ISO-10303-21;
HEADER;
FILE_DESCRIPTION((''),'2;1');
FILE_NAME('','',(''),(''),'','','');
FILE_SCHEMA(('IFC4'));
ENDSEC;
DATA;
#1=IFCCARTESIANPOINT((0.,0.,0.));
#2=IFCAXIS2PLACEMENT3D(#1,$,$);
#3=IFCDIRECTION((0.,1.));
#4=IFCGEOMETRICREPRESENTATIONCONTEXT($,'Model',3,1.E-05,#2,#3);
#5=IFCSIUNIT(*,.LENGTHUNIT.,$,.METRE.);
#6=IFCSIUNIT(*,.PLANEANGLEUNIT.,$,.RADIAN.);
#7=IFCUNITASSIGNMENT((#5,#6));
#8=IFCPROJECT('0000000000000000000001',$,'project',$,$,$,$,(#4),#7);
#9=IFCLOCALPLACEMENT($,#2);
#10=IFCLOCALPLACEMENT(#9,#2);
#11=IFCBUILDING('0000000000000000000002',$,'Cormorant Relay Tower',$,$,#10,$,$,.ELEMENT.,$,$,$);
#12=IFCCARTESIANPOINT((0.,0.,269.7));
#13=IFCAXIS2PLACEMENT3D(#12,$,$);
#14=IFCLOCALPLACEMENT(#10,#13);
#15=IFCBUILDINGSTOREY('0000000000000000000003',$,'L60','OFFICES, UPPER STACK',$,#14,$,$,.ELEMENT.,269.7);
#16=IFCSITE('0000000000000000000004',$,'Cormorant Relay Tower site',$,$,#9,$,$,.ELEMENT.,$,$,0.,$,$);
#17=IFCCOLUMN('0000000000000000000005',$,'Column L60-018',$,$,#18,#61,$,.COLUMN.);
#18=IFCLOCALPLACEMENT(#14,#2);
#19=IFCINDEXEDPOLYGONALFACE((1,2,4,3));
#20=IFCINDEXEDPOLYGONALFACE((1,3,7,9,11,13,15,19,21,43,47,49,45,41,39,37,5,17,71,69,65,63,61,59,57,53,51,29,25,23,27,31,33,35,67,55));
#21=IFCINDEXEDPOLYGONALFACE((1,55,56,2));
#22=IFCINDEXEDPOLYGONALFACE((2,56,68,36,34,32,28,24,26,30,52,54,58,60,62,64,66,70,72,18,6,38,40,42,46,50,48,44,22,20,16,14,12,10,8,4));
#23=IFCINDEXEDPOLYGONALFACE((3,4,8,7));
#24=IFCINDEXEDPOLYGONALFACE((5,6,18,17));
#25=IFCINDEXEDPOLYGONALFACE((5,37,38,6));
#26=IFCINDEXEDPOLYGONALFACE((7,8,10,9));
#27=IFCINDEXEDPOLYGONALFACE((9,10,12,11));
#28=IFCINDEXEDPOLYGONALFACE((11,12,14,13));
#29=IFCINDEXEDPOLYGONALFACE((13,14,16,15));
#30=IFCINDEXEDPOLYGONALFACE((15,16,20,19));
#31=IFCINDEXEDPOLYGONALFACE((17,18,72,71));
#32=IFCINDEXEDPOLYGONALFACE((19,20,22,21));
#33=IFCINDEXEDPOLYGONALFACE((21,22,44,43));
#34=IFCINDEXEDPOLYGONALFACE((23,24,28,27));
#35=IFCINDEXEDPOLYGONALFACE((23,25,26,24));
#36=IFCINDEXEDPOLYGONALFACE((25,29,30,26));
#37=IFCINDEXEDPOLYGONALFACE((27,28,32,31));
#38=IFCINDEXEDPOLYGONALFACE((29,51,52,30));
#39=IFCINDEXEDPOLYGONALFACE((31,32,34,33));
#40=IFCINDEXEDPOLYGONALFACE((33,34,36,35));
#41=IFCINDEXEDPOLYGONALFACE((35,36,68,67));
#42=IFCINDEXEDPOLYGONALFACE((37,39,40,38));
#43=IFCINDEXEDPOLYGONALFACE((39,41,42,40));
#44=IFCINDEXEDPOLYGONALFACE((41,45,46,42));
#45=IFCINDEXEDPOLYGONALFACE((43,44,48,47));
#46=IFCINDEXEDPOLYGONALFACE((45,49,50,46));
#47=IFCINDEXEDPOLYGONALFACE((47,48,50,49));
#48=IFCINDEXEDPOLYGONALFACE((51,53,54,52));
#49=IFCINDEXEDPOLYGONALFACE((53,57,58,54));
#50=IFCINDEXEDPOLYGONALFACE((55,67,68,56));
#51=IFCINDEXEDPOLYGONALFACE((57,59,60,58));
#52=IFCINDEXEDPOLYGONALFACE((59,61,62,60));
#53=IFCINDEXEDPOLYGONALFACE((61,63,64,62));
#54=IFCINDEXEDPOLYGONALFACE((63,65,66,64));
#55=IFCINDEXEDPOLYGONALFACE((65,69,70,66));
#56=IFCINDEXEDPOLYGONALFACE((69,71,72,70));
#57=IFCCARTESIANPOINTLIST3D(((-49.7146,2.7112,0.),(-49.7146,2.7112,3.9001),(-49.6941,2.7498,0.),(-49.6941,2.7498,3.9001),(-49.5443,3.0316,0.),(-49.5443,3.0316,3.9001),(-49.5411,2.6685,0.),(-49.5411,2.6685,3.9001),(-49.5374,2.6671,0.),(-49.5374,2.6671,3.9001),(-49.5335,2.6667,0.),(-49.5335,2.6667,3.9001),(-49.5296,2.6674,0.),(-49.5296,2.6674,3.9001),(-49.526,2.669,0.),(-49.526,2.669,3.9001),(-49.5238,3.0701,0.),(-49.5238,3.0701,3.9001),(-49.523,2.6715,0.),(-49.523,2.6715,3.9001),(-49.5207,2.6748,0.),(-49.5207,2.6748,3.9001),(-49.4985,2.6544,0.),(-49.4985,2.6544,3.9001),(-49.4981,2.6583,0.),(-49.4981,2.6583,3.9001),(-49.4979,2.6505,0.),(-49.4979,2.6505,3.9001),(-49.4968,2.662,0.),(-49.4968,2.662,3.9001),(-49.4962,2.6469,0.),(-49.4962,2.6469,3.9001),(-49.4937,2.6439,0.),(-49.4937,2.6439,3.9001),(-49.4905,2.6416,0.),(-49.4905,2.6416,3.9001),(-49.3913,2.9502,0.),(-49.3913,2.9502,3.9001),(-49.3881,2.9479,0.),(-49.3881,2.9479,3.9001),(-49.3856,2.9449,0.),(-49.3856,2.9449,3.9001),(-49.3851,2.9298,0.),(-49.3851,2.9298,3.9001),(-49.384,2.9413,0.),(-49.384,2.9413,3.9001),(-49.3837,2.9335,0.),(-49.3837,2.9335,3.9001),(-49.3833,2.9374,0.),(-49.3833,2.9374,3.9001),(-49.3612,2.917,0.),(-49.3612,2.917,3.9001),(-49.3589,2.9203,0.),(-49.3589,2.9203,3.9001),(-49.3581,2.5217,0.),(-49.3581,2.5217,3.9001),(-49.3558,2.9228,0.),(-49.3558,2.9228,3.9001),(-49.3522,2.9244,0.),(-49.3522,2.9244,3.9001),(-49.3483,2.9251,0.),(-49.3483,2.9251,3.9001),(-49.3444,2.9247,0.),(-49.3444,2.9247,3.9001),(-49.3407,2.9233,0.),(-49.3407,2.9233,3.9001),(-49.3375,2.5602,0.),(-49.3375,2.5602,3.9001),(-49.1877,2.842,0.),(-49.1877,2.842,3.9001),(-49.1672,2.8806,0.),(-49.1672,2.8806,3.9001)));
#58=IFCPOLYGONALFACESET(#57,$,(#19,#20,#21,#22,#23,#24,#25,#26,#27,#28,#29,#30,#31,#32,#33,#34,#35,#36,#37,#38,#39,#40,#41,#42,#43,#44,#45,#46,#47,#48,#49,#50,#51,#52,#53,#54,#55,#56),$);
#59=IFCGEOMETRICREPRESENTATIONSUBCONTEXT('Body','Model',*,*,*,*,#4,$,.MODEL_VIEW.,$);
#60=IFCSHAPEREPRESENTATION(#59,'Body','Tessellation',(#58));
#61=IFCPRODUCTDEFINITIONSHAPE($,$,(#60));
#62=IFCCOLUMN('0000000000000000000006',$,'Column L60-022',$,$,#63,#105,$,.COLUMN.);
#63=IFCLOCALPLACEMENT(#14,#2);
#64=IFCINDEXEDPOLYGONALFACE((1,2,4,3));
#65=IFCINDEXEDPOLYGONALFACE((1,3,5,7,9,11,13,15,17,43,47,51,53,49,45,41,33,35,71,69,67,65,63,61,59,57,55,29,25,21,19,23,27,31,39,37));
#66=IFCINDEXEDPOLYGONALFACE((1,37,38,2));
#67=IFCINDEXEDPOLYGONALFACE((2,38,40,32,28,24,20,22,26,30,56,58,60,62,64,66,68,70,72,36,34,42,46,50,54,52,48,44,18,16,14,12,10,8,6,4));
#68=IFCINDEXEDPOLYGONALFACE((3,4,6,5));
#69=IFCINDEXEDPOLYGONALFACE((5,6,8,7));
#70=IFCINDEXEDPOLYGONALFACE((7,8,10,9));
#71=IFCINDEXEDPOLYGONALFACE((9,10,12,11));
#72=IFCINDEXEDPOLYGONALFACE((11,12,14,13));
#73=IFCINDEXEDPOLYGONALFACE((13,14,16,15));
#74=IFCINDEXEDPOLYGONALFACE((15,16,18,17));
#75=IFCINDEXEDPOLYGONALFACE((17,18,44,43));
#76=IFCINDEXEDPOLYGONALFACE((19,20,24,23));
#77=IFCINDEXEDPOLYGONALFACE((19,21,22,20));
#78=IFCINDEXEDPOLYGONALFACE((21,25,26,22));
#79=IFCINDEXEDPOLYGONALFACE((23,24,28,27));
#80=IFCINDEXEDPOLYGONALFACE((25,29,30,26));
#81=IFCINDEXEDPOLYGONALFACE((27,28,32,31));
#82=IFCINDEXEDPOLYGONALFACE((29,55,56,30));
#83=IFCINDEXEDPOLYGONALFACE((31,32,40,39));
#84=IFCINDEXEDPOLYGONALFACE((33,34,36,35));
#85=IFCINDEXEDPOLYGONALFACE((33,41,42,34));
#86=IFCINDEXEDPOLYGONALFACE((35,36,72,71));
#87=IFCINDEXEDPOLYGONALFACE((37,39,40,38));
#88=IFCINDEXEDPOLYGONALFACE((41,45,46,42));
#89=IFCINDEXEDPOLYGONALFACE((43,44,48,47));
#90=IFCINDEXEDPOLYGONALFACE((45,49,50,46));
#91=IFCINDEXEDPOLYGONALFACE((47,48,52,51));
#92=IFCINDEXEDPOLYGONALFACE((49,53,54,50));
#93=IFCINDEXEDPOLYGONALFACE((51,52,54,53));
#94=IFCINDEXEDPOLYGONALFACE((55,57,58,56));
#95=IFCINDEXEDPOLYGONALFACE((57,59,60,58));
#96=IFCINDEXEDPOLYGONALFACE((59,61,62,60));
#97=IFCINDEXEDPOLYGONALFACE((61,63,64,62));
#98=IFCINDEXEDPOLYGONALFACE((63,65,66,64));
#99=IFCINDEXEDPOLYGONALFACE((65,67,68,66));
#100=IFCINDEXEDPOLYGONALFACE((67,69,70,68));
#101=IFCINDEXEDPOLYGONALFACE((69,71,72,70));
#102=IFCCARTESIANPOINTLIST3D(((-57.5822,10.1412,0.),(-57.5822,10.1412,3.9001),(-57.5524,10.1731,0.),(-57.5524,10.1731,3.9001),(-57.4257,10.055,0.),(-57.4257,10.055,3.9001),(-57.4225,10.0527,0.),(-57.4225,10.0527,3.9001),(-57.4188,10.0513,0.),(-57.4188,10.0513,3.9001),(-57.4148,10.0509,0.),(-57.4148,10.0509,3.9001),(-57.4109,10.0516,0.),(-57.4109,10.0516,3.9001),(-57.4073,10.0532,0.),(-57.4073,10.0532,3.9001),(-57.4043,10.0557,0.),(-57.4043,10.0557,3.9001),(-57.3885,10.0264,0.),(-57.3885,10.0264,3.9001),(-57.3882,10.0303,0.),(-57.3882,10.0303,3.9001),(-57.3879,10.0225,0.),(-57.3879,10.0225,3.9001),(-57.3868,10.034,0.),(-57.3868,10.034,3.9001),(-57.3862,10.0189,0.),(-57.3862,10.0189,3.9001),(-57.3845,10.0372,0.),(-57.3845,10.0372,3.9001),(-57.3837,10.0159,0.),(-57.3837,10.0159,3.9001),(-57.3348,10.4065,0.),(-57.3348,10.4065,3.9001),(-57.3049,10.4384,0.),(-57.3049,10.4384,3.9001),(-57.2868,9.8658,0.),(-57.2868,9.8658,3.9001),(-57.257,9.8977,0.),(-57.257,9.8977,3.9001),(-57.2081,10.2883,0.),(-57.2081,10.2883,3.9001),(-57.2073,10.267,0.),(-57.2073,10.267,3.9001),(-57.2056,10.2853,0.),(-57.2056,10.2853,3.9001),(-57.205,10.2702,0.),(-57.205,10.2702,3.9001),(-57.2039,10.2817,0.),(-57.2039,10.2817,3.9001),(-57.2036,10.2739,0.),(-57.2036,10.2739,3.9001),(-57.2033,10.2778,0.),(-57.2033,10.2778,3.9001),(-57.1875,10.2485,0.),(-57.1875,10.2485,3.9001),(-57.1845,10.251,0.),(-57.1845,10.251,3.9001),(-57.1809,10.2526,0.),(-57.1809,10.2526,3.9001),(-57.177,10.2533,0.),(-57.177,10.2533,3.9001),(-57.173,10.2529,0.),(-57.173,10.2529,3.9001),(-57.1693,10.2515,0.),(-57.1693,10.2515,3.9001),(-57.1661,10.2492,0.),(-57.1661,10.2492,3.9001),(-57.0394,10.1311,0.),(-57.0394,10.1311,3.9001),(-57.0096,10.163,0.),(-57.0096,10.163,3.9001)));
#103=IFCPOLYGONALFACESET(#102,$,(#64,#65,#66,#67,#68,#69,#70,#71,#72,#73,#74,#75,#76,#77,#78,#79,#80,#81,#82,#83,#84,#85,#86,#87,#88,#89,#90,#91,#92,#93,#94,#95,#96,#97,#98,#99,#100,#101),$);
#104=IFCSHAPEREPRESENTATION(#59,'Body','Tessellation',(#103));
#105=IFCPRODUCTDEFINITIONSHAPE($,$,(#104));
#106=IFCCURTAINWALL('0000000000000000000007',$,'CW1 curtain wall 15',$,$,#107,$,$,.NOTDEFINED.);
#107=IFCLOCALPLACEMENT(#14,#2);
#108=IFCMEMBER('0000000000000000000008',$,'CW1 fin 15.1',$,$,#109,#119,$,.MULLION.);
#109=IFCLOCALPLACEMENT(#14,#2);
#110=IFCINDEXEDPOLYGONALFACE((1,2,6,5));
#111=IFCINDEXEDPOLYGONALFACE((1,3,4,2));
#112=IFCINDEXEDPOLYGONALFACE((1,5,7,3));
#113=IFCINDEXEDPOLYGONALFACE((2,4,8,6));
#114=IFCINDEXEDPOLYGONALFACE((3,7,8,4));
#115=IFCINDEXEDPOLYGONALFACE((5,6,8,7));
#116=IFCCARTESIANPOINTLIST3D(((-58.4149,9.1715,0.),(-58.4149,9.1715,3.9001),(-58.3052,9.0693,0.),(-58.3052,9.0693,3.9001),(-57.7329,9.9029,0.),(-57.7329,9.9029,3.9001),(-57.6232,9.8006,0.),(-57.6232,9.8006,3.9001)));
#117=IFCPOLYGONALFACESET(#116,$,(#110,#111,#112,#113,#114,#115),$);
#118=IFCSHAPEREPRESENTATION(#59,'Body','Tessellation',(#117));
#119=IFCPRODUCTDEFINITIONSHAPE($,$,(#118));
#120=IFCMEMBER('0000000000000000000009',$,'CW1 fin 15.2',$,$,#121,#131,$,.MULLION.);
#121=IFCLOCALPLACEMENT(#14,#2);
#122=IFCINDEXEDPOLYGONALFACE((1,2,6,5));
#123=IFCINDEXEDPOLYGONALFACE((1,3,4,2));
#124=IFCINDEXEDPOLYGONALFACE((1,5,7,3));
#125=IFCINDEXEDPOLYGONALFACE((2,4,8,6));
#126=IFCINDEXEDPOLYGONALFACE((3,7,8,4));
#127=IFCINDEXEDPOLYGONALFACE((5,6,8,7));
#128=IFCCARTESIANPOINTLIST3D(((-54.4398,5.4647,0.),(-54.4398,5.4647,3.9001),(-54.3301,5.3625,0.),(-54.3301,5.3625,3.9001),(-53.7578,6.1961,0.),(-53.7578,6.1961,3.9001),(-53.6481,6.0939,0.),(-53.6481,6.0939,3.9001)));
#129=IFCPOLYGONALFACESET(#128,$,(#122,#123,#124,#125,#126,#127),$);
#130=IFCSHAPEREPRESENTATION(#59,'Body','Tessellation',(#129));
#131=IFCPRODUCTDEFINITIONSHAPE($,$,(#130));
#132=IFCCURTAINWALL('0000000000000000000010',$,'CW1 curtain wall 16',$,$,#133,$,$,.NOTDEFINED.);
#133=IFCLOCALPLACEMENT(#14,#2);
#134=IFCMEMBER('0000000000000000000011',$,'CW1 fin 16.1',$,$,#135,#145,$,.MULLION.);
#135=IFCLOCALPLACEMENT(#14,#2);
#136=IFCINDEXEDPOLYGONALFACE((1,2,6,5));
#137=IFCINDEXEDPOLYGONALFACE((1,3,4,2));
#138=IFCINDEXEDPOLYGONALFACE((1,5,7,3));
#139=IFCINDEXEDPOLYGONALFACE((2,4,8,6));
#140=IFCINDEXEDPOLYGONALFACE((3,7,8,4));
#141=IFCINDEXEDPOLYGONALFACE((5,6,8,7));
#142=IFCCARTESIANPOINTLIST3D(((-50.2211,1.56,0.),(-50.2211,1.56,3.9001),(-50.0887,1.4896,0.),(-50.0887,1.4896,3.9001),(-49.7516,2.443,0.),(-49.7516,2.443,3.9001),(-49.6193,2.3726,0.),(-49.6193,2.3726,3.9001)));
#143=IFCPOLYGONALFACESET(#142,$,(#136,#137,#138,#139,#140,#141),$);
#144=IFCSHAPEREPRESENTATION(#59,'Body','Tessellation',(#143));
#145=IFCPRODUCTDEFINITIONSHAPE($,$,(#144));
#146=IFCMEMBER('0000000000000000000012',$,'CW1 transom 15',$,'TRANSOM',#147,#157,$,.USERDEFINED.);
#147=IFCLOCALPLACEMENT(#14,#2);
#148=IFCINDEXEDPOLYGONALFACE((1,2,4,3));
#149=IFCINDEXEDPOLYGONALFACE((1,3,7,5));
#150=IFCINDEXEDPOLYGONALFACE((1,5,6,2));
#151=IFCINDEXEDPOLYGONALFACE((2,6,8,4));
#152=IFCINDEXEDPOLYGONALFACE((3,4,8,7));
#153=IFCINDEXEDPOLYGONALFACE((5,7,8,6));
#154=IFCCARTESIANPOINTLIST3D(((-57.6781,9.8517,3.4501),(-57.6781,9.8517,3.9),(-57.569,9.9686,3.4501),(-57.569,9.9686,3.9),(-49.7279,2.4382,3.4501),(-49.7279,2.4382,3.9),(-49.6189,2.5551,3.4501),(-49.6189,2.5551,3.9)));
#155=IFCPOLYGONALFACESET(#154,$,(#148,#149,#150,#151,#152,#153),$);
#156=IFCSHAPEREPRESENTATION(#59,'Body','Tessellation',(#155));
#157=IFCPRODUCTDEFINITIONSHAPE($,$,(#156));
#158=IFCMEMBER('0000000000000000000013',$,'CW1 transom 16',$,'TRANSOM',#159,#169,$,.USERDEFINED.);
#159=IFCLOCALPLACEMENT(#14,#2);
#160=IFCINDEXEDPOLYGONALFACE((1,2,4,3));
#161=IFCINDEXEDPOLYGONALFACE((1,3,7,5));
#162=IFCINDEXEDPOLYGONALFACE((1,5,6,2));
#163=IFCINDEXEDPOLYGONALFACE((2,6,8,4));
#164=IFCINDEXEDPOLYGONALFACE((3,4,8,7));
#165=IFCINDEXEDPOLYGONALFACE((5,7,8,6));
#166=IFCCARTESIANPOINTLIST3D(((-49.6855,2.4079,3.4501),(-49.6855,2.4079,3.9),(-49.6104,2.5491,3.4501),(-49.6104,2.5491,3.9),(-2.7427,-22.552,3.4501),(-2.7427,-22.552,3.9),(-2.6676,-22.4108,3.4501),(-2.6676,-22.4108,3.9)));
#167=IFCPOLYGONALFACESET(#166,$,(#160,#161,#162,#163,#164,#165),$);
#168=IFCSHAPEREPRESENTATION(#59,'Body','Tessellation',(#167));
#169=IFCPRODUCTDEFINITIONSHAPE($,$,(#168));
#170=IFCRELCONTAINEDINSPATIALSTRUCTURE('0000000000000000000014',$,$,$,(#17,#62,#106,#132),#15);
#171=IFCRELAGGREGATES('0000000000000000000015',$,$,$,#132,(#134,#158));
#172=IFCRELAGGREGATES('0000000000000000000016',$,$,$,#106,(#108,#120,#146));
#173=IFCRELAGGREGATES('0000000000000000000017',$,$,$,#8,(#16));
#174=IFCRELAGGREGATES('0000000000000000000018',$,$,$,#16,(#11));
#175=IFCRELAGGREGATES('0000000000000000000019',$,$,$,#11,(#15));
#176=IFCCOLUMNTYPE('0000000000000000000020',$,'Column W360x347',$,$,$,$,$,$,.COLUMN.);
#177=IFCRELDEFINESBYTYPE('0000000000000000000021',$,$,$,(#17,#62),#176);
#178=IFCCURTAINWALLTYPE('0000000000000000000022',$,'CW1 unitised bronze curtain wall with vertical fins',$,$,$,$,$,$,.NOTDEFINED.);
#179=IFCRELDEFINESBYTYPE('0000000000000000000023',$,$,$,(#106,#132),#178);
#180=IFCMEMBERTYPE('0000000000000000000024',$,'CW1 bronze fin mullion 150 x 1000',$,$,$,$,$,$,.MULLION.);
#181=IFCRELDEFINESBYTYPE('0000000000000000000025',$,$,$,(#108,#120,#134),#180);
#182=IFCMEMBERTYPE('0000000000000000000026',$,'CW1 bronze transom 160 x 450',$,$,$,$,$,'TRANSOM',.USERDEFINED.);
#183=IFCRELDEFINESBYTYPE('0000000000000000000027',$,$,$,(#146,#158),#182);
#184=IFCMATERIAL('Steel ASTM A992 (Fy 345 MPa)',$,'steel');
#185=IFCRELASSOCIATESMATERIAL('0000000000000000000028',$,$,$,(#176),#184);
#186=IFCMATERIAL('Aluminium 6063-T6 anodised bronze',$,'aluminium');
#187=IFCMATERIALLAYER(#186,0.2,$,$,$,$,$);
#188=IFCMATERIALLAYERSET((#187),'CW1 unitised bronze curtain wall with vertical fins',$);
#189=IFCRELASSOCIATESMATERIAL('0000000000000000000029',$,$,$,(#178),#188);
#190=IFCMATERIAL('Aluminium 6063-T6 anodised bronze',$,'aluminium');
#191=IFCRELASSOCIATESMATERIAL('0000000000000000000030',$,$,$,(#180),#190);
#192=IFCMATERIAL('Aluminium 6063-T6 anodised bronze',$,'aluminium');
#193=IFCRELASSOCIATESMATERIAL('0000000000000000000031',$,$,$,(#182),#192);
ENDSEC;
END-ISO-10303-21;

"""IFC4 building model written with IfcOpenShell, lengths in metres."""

from ifc_helpers import new_model, si_unit, direction, frame, origin, origin_2d, place, context, subcontext, project, spatial, rectangle, i_section, extrude, material, layer, layer_set, material_profile, profile_set, type_object, element, aggregate, save


model = new_model("IFC4")

# Units and contexts
model_context = context("Model", 3, precision=1e-05, world=origin(), true_north=direction((0.0, 1.0)))
body_context = subcontext(model_context, "Body", "Model", "MODEL_VIEW")
ifc_project = project(units=[si_unit("LENGTHUNIT", "METRE"), si_unit("PLANEANGLEUNIT", "RADIAN")], contexts=[model_context])

# Site, building, storey
site_placement = place(None, origin())
site = spatial("IfcSite", under=ifc_project, at=site_placement, Name="Cormorant Relay Tower site", CompositionType="ELEMENT", RefElevation=0.0)
building_placement = place(site_placement, origin())
building = spatial("IfcBuilding", under=site, at=building_placement, Name="Cormorant Relay Tower", CompositionType="ELEMENT")
storey_placement = place(building_placement, frame((0.0, 0.0, 269.7)))
storey = spatial("IfcBuildingStorey", under=building, at=storey_placement, Name="L60", Description="OFFICES, UPPER STACK", CompositionType="ELEMENT", Elevation=269.7)

# Columns
ifc_material_1 = material(Name="Steel ASTM A992 (Fy 345 MPa)", Category="steel")
ifc_material_profile_1 = material_profile(ifc_material_1, i_section(OverallWidth=0.4038, OverallDepth=0.4065, WebThickness=0.0271, FlangeThickness=0.0437, FilletRadius=0.0151, at=origin_2d()), Name="W360x347")
ifc_profile_set_1 = profile_set([ifc_material_profile_1], Name="Steel ASTM A992 (Fy 345 MPa)")
column_type = type_object("IfcColumnType", Name="Column W360x347", PredefinedType="COLUMN", material=ifc_profile_set_1)
for number, where, z_axis, x_axis, name in (
    (1, (-49.4409, 2.7959, 0.0), (0.0, 0.0, 1.0), (0.882948, -0.469472, 0.0), "Column L60-018"),
    (2, (-57.2959, 10.1521, 0.0), (0.0, 0.0, 1.0), (0.731354, -0.681998, 0.0), "Column L60-022"),
):
    element("IfcColumn", number, at=place(storey_placement, frame(where, z_axis=z_axis, x_axis=x_axis)), inside=storey, type_object=column_type, Name=name, PredefinedType="COLUMN", context=body_context, shape_type="SweptSolid", body=[
        extrude(i_section(OverallWidth=0.4038, OverallDepth=0.4065, WebThickness=0.0271, FlangeThickness=0.0437, FilletRadius=0.0151, at=origin_2d()), origin(), (0.0, 0.0, 1.0), 3.9001),
    ])

# Curtain wall, members
ifc_material_2 = material(Name="Aluminium 6063-T6 anodised bronze", Category="aluminium")
ifc_layer_1 = layer(ifc_material_2, 0.2)
ifc_layer_set_1 = layer_set([ifc_layer_1], Name="CW1 unitised bronze curtain wall with vertical fins")
curtain_wall_type = type_object("IfcCurtainWallType", Name="CW1 unitised bronze curtain wall with vertical fins", PredefinedType="NOTDEFINED", material=ifc_layer_set_1)
curtain_wall_1_placement = place(storey_placement, origin())
curtain_wall_1 = element("IfcCurtainWall", 3, at=curtain_wall_1_placement, inside=storey, type_object=curtain_wall_type, Name="CW1 curtain wall 15", PredefinedType="NOTDEFINED")
ifc_material_3 = material(Name="Aluminium 6063-T6 anodised bronze", Category="aluminium")
ifc_material_profile_2 = material_profile(ifc_material_3, rectangle(XDim=0.1499, YDim=1.0, at=origin_2d()), Name="AL 150x1000")
ifc_profile_set_2 = profile_set([ifc_material_profile_2], Name="Aluminium 6063-T6 anodised bronze")
member_type_1 = type_object("IfcMemberType", Name="CW1 bronze fin mullion 150 x 1000", PredefinedType="MULLION", material=ifc_profile_set_2)
member_1_placement = place(storey_placement, frame((-58.019, 9.4861, 0.0), z_axis=(0.0, 0.0, 1.0), x_axis=(0.731354, -0.681998, 0.0)))
member_1 = element("IfcMember", 4, at=member_1_placement, type_object=member_type_1, Name="CW1 fin 15.1", PredefinedType="MULLION", context=body_context, shape_type="SweptSolid", body=[
    extrude(rectangle(XDim=0.1499, YDim=1.0, at=origin_2d()), origin(), (0.0, 0.0, 1.0), 3.9001),
])
member_2_placement = place(storey_placement, frame((-54.0439, 5.7793, 0.0), z_axis=(0.0, 0.0, 1.0), x_axis=(0.731354, -0.681998, 0.0)))
member_2 = element("IfcMember", 5, at=member_2_placement, type_object=member_type_1, Name="CW1 fin 15.2", PredefinedType="MULLION", context=body_context, shape_type="SweptSolid", body=[
    extrude(rectangle(XDim=0.1499, YDim=1.0, at=origin_2d()), origin(), (0.0, 0.0, 1.0), 3.9001),
])

# Curtain wall, member
curtain_wall_2_placement = place(storey_placement, origin())
curtain_wall_2 = element("IfcCurtainWall", 6, at=curtain_wall_2_placement, inside=storey, type_object=curtain_wall_type, Name="CW1 curtain wall 16", PredefinedType="NOTDEFINED")
member_3_placement = place(storey_placement, frame((-49.9202, 1.9663, 0.0), z_axis=(0.0, 0.0, 1.0), x_axis=(0.882948, -0.469472, 0.0)))
member_3 = element("IfcMember", 7, at=member_3_placement, type_object=member_type_1, Name="CW1 fin 16.1", PredefinedType="MULLION", context=body_context, shape_type="SweptSolid", body=[
    extrude(rectangle(XDim=0.1499, YDim=1.0, at=origin_2d()), origin(), (0.0, 0.0, 1.0), 3.9001),
])

# Members
ifc_material_4 = material(Name="Aluminium 6063-T6 anodised bronze", Category="aluminium")
ifc_material_profile_3 = material_profile(ifc_material_4, rectangle(XDim=0.1599, YDim=0.45, at=origin_2d()), Name="AL 160x450")
ifc_profile_set_3 = profile_set([ifc_material_profile_3], Name="Aluminium 6063-T6 anodised bronze")
member_type_2 = type_object("IfcMemberType", Name="CW1 bronze transom 160 x 450", ElementType="TRANSOM", PredefinedType="USERDEFINED", material=ifc_profile_set_3)
member_4_placement = place(storey_placement, frame((-57.6235, 9.9102, 3.675), z_axis=(0.731358, -0.681993, 0.0), x_axis=(0.681993, 0.731358, 0.0)))
member_4 = element("IfcMember", 8, at=member_4_placement, type_object=member_type_2, Name="CW1 transom 15", ObjectType="TRANSOM", PredefinedType="USERDEFINED", context=body_context, shape_type="SweptSolid", body=[
    extrude(rectangle(XDim=0.1599, YDim=0.45, at=origin_2d()), origin(), (0.0, 0.0, 1.0), 10.8704),
])
member_5_placement = place(storey_placement, frame((-49.6479, 2.4785, 3.675), z_axis=(0.882948, -0.469471, 0.0), x_axis=(0.469471, 0.882948, 0.0)))
member_5 = element("IfcMember", 9, at=member_5_placement, type_object=member_type_2, Name="CW1 transom 16", ObjectType="TRANSOM", PredefinedType="USERDEFINED", context=body_context, shape_type="SweptSolid", body=[
    extrude(rectangle(XDim=0.1599, YDim=0.45, at=origin_2d()), origin(), (0.0, 0.0, 1.0), 53.166),
])
aggregate(curtain_wall_2, [member_3, member_5])

aggregate(curtain_wall_1, [member_1, member_2, member_4])

save(model, "model.ifc")
